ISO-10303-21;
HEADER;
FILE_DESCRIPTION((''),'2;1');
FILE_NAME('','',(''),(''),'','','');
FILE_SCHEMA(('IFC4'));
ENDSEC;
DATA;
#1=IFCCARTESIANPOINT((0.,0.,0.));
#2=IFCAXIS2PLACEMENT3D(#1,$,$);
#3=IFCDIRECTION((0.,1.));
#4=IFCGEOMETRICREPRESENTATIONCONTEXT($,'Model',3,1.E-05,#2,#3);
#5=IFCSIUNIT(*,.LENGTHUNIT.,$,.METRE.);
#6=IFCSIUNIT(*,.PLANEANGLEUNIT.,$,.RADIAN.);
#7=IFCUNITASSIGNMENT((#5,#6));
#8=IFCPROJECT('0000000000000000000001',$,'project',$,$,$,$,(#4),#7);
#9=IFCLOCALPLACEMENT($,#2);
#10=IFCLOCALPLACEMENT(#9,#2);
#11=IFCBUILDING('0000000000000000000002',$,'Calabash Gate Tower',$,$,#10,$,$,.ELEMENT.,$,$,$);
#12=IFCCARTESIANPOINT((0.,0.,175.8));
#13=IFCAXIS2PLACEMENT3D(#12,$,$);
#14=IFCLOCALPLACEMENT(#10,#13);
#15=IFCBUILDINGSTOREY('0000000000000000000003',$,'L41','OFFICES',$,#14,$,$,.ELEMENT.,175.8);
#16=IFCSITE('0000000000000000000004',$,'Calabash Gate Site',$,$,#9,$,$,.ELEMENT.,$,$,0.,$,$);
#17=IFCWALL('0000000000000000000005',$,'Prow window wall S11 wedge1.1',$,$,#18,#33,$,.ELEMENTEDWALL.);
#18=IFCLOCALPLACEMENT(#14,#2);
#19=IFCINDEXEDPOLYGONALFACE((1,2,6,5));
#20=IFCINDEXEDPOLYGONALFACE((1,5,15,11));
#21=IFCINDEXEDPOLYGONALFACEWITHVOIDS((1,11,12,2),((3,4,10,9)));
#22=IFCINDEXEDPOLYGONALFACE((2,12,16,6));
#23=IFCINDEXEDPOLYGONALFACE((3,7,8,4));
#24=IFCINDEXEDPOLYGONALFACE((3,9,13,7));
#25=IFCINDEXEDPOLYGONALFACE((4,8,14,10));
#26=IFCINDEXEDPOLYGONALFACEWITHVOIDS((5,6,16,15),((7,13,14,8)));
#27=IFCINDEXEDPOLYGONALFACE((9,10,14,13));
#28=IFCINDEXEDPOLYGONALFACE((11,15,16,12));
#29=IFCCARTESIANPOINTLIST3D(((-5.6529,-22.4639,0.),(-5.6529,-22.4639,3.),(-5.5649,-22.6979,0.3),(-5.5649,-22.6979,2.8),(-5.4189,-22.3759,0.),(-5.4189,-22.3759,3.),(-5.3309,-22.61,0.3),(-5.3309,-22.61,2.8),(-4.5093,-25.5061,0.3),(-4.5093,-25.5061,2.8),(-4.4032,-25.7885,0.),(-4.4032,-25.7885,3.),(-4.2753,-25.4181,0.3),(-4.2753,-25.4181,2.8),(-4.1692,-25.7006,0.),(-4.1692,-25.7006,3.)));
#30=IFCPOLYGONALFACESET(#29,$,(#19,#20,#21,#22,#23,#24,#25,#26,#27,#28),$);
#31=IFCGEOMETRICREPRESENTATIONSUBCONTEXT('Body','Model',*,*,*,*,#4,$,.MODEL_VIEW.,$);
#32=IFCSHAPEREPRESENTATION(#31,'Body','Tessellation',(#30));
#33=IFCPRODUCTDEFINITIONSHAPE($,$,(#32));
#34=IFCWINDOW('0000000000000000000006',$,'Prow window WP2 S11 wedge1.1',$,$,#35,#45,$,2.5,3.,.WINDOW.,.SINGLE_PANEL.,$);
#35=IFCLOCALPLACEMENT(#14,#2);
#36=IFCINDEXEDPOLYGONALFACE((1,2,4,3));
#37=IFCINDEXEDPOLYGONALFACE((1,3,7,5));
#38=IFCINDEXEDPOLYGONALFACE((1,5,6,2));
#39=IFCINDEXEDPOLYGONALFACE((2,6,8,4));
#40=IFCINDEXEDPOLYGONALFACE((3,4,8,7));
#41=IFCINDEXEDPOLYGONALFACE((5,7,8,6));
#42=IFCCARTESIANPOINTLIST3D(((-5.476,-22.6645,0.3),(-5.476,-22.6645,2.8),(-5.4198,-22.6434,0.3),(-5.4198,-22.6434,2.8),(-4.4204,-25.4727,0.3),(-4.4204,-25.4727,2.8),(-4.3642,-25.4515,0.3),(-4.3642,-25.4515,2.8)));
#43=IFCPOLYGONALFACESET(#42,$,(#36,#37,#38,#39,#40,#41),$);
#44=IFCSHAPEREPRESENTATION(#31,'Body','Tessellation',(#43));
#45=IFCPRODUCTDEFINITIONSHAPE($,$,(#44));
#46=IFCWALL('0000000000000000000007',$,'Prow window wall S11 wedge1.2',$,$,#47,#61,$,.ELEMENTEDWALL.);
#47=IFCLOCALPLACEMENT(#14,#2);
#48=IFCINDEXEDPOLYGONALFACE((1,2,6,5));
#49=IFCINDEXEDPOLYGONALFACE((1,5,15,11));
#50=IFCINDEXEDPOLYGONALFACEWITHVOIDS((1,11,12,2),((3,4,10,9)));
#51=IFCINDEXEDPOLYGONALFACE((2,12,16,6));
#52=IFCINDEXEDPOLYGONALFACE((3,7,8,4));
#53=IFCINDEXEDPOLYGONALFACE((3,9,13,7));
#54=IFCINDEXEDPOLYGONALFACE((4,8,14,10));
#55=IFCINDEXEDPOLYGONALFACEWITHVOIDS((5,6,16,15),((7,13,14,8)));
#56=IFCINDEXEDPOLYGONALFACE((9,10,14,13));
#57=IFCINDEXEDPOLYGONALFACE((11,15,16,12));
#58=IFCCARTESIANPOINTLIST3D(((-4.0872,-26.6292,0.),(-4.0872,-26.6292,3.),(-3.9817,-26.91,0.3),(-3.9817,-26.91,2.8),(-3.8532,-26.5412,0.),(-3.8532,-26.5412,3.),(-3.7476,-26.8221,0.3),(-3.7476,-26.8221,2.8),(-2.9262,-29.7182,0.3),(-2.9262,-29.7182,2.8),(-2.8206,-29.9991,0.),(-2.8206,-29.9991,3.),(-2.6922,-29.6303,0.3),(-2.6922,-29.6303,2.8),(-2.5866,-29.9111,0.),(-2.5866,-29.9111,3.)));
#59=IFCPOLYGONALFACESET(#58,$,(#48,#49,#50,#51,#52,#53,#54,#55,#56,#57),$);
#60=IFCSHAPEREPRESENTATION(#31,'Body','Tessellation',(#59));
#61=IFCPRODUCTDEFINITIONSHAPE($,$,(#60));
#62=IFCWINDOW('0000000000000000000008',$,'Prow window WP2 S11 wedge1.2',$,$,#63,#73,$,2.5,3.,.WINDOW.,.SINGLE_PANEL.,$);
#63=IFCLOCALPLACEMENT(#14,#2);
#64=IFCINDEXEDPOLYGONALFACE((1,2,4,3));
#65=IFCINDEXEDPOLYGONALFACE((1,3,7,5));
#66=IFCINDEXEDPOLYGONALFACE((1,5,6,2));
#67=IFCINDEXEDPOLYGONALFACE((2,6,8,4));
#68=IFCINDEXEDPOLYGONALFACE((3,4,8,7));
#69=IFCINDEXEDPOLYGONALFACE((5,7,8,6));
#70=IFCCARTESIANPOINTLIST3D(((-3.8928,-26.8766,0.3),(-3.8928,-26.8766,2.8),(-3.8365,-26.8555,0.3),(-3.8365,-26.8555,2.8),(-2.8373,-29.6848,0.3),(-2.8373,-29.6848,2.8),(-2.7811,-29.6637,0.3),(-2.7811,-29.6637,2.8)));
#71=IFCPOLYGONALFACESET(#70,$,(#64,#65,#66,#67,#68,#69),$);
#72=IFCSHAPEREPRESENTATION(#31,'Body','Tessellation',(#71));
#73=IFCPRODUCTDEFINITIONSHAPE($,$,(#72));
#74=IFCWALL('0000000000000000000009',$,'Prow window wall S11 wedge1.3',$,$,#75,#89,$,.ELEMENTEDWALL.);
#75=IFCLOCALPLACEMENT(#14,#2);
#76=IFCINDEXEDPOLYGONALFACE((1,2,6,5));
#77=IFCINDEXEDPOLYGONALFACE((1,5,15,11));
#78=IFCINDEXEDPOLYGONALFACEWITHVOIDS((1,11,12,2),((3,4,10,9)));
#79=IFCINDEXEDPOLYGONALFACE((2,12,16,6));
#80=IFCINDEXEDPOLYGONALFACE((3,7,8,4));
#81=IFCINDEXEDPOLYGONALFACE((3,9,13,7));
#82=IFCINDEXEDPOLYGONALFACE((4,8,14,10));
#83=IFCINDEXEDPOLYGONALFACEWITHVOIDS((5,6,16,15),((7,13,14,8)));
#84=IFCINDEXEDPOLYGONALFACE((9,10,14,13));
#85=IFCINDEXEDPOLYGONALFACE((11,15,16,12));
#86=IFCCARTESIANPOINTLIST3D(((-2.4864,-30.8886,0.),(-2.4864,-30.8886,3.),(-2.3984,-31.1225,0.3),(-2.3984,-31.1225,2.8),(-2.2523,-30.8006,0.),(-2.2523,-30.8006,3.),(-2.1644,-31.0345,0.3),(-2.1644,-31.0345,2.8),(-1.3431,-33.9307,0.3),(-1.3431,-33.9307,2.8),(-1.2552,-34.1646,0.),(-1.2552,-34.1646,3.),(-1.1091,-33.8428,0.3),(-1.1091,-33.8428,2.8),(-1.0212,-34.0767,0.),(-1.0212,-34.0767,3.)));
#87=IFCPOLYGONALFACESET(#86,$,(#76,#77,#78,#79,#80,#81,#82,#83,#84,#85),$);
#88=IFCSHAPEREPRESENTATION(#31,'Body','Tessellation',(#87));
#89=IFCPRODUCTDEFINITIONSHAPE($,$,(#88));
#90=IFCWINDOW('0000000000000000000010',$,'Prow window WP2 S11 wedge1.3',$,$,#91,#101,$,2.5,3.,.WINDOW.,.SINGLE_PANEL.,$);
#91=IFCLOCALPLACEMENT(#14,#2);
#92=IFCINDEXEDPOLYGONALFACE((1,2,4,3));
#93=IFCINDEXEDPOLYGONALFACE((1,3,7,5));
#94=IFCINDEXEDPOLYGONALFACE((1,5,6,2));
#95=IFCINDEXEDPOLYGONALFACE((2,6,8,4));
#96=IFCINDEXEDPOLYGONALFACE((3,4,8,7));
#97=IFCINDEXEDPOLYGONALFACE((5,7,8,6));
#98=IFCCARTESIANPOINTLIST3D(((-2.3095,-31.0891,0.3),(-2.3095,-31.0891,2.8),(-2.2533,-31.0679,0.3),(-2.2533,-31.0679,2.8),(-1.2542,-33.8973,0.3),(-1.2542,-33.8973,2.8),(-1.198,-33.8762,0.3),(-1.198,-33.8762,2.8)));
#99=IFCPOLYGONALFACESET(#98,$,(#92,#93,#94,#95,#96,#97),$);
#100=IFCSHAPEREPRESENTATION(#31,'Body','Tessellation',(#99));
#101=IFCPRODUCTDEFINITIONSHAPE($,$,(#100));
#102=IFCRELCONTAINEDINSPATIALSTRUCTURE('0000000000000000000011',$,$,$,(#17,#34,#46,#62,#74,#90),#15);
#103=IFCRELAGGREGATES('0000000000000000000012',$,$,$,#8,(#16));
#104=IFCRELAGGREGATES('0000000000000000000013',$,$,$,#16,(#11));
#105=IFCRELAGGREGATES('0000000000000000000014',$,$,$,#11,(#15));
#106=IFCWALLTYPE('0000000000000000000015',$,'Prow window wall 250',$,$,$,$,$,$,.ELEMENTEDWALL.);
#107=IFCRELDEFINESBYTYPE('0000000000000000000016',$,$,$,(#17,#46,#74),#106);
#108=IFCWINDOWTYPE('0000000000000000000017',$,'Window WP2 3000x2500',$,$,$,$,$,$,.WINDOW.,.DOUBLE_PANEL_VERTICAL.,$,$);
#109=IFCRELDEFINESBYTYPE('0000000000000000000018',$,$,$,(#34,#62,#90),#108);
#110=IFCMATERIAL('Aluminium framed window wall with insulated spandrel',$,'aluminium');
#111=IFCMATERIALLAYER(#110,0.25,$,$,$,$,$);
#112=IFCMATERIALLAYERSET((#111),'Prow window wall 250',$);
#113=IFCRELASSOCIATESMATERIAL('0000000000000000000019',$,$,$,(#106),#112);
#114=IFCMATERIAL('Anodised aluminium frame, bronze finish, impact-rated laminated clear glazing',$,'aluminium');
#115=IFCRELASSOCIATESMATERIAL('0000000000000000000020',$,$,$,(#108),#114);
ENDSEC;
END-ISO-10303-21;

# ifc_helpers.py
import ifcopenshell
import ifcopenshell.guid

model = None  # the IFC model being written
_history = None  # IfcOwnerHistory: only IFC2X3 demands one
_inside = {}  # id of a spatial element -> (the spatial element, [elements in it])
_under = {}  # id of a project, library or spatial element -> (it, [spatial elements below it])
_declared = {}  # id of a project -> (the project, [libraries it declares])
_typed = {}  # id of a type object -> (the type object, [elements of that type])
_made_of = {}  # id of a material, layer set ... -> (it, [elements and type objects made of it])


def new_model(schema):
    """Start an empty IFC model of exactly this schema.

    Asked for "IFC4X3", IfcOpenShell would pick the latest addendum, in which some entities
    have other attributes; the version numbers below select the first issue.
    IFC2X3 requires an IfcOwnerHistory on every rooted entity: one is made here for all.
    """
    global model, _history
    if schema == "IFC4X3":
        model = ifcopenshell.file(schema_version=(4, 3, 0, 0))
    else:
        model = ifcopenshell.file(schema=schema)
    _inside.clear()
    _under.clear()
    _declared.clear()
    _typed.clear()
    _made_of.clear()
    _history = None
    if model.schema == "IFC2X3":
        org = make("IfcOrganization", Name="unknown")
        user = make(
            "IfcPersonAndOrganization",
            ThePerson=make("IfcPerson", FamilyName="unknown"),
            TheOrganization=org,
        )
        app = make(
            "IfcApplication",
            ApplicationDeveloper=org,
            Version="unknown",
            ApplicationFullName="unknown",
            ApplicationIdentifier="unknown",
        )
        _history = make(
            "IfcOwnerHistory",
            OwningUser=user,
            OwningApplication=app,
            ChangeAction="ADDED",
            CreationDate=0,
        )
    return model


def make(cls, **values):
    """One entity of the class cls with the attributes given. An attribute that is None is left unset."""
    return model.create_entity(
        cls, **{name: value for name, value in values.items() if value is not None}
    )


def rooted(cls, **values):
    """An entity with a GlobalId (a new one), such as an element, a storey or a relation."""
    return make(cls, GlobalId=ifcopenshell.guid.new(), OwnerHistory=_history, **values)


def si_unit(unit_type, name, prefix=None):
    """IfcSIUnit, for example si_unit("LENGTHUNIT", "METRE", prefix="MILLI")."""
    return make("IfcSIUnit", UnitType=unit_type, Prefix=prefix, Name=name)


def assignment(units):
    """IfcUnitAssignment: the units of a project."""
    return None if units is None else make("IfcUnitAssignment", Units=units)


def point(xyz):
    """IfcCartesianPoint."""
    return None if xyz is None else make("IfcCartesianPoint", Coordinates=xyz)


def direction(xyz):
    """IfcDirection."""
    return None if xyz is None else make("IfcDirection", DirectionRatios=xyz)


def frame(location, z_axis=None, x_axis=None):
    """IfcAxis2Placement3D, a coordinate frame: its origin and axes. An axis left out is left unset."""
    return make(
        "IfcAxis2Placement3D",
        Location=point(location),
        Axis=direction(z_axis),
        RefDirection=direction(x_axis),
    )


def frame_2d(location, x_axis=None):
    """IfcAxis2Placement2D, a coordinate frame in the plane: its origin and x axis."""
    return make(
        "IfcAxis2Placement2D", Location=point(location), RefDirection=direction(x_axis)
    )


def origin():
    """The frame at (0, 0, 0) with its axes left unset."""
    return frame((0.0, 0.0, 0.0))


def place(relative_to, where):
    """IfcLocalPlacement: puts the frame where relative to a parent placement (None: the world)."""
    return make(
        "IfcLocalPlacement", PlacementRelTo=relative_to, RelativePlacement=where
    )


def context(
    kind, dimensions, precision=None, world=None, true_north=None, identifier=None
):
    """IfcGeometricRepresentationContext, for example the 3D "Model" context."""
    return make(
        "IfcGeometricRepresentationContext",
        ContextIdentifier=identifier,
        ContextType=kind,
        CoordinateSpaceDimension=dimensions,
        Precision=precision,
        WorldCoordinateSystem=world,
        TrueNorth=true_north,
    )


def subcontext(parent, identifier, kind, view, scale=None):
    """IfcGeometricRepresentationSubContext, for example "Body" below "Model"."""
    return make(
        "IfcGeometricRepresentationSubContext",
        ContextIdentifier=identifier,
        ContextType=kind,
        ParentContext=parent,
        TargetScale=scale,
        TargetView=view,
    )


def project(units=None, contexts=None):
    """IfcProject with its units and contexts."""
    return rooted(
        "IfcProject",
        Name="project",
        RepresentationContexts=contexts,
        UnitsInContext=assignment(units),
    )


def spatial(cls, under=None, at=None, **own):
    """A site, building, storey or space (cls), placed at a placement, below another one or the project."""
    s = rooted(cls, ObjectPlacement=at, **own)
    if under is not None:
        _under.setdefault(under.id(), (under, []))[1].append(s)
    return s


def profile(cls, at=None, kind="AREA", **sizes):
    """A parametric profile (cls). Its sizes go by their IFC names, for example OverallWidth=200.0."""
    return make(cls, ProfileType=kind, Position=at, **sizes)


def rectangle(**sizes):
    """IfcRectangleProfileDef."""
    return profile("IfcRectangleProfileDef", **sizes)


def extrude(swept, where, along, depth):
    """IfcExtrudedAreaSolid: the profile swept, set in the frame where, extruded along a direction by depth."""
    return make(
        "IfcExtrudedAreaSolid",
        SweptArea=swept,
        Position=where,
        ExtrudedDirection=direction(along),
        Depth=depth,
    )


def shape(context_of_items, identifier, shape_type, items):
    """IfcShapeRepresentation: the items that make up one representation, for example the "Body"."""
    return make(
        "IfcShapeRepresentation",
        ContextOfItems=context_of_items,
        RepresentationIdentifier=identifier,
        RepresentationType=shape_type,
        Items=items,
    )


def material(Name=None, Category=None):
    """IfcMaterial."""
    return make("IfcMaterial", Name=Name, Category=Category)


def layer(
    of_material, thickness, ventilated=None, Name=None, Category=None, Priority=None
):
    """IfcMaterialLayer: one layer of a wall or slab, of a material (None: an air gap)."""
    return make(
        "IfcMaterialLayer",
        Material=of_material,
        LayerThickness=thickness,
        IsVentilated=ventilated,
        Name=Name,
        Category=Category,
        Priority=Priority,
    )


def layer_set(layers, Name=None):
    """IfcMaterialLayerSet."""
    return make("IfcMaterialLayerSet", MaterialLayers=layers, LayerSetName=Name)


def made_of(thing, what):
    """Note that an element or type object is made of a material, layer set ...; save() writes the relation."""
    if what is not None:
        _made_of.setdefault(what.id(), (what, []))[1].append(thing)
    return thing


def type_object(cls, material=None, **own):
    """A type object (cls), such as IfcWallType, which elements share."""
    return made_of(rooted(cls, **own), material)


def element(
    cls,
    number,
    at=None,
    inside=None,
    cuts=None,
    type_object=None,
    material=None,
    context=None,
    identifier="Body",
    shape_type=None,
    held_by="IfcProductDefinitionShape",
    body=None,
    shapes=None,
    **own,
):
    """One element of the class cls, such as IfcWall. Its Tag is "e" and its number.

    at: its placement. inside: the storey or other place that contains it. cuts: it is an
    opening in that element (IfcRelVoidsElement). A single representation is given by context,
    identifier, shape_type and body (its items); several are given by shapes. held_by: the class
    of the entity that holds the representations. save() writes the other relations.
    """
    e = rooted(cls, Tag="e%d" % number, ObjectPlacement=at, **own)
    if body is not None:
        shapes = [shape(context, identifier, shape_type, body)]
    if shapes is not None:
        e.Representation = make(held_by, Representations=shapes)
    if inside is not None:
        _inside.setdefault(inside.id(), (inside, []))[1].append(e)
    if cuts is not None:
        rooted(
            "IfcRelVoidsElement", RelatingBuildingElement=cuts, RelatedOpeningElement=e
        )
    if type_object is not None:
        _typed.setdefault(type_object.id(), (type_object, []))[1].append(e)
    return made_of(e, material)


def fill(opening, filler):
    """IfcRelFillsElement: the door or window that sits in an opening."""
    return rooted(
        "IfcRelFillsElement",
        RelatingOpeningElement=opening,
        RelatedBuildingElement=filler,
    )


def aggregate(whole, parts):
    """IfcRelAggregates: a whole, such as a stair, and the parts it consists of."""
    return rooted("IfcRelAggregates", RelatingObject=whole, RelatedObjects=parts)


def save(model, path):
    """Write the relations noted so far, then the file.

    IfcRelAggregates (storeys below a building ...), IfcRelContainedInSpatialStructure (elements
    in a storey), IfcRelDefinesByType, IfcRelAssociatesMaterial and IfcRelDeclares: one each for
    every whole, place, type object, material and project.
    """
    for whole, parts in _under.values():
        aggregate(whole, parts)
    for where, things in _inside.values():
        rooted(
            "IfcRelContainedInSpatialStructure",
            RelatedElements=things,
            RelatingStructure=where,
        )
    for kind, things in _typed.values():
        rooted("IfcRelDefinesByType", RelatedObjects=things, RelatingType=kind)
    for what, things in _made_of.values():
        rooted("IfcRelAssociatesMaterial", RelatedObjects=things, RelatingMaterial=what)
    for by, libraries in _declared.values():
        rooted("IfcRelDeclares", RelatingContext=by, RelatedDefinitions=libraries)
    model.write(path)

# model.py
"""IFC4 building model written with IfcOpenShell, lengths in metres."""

from ifc_helpers import new_model, si_unit, direction, frame, frame_2d, origin, place, context, subcontext, project, spatial, rectangle, extrude, material, layer, layer_set, type_object, element, fill, save


model = new_model("IFC4")

# Units and contexts
model_context = context("Model", 3, precision=1e-05, world=origin(), true_north=direction((0.0, 1.0)))
body_context = subcontext(model_context, "Body", "Model", "MODEL_VIEW")
ifc_project = project(units=[si_unit("LENGTHUNIT", "METRE"), si_unit("PLANEANGLEUNIT", "RADIAN")], contexts=[model_context])

# Site, building, storey
site_placement = place(None, origin())
site = spatial("IfcSite", under=ifc_project, at=site_placement, Name="Calabash Gate Site", CompositionType="ELEMENT", RefElevation=0.0)
building_placement = place(site_placement, origin())
building = spatial("IfcBuilding", under=site, at=building_placement, Name="Calabash Gate Tower", CompositionType="ELEMENT")
storey_placement = place(building_placement, frame((0.0, 0.0, 175.8)))
storey = spatial("IfcBuildingStorey", under=building, at=storey_placement, Name="L41", Description="OFFICES", CompositionType="ELEMENT", Elevation=175.8)

# Walls, openings, windows
ifc_material_1 = material(Name="Aluminium framed window wall with insulated spandrel", Category="aluminium")
ifc_layer_1 = layer(ifc_material_1, 0.25)
ifc_layer_set_1 = layer_set([ifc_layer_1], Name="Prow window wall 250")
wall_type_1 = type_object("IfcWallType", Name="Prow window wall 250", PredefinedType="ELEMENTEDWALL", material=ifc_layer_set_1)
wall_1_placement = place(storey_placement, frame((-5.5359, -22.4199, 0.0), z_axis=(0.0, 0.0, 1.0), x_axis=(0.351862, -0.936052, 0.0)))
wall_1 = element("IfcWall", 1, at=wall_1_placement, inside=storey, type_object=wall_type_1, Name="Prow window wall S11 wedge1.1", PredefinedType="ELEMENTEDWALL", context=body_context, shape_type="SweptSolid", body=[
    extrude(rectangle(XDim=3.5518, YDim=0.25, at=frame_2d((1.7759, 0.0))), origin(), (0.0, 0.0, 1.0), 3.0),
])
opening_1_placement = place(wall_1_placement, frame((0.25, 0.0, 0.3)))
opening_1 = element("IfcOpeningElement", 2, at=opening_1_placement, cuts=wall_1, PredefinedType="OPENING", context=body_context, shape_type="SweptSolid", body=[
    extrude(rectangle(XDim=3.0, YDim=2.5, at=frame_2d((1.5, 1.25))), frame((0.0, 0.135, 0.0), z_axis=(0.0, -1.0, 0.0), x_axis=(1.0, 0.0, 0.0)), (0.0, 0.0, 1.0), 0.27),
])
ifc_material_2 = material(Name="Anodised aluminium frame, bronze finish, impact-rated laminated clear glazing", Category="aluminium")
window_type = type_object("IfcWindowType", Name="Window WP2 3000x2500", PartitioningType="DOUBLE_PANEL_VERTICAL", PredefinedType="WINDOW", material=ifc_material_2)
window_1_placement = place(opening_1_placement, origin())
window_1 = element("IfcWindow", 3, at=window_1_placement, inside=storey, type_object=window_type, Name="Prow window WP2 S11 wedge1.1", OverallHeight=2.5, OverallWidth=3.0, PartitioningType="SINGLE_PANEL", PredefinedType="WINDOW", context=body_context, shape_type="SweptSolid", body=[
    extrude(rectangle(XDim=3.0, YDim=2.5, at=frame_2d((1.5, 1.25))), frame((0.0, 0.03, 0.0), z_axis=(0.0, -1.0, 0.0), x_axis=(1.0, 0.0, 0.0)), (0.0, 0.0, 1.0), 0.0601),
])
fill(opening_1, window_1)
wall_2_placement = place(storey_placement, frame((-3.9702, -26.5852, 0.0), z_axis=(0.0, 0.0, 1.0), x_axis=(0.351829, -0.936064, 0.0)))
wall_2 = element("IfcWall", 4, at=wall_2_placement, inside=storey, type_object=wall_type_1, Name="Prow window wall S11 wedge1.2", PredefinedType="ELEMENTEDWALL", context=body_context, shape_type="SweptSolid", body=[
    extrude(rectangle(XDim=3.6001, YDim=0.25, at=frame_2d((1.8, 0.0))), origin(), (0.0, 0.0, 1.0), 3.0),
])
opening_2_placement = place(wall_2_placement, frame((0.3, 0.0, 0.3)))
opening_2 = element("IfcOpeningElement", 5, at=opening_2_placement, cuts=wall_2, PredefinedType="OPENING", context=body_context, shape_type="SweptSolid", body=[
    extrude(rectangle(XDim=3.0, YDim=2.5, at=frame_2d((1.5, 1.25))), frame((0.0, 0.135, 0.0), z_axis=(0.0, -1.0, 0.0), x_axis=(1.0, 0.0, 0.0)), (0.0, 0.0, 1.0), 0.27),
])
window_2_placement = place(opening_2_placement, origin())
window_2 = element("IfcWindow", 6, at=window_2_placement, inside=storey, type_object=window_type, Name="Prow window WP2 S11 wedge1.2", OverallHeight=2.5, OverallWidth=3.0, PartitioningType="SINGLE_PANEL", PredefinedType="WINDOW", context=body_context, shape_type="SweptSolid", body=[
    extrude(rectangle(XDim=3.0, YDim=2.5, at=frame_2d((1.5, 1.25))), frame((0.0, 0.03, 0.0), z_axis=(0.0, -1.0, 0.0), x_axis=(1.0, 0.0, 0.0)), (0.0, 0.0, 1.0), 0.0601),
])
fill(opening_2, window_2)
wall_3_placement = place(storey_placement, frame((-2.3694, -30.8445, 0.0), z_axis=(0.0, 0.0, 1.0), x_axis=(0.351788, -0.93608, 0.0)))
wall_3 = element("IfcWall", 7, at=wall_3_placement, inside=storey, type_object=wall_type_1, Name="Prow window wall S11 wedge1.3", PredefinedType="ELEMENTEDWALL", context=body_context, shape_type="SweptSolid", body=[
    extrude(rectangle(XDim=3.4998, YDim=0.25, at=frame_2d((1.75, 0.0))), origin(), (0.0, 0.0, 1.0), 3.0),
])
opening_3_placement = place(wall_3_placement, frame((0.25, 0.0, 0.3)))
opening_3 = element("IfcOpeningElement", 8, at=opening_3_placement, cuts=wall_3, PredefinedType="OPENING", context=body_context, shape_type="SweptSolid", body=[
    extrude(rectangle(XDim=3.0, YDim=2.5, at=frame_2d((1.5, 1.25))), frame((0.0, 0.135, 0.0), z_axis=(0.0, -1.0, 0.0), x_axis=(1.0, 0.0, 0.0)), (0.0, 0.0, 1.0), 0.27),
])
window_3_placement = place(opening_3_placement, origin())
window_3 = element("IfcWindow", 9, at=window_3_placement, inside=storey, type_object=window_type, Name="Prow window WP2 S11 wedge1.3", OverallHeight=2.5, OverallWidth=3.0, PartitioningType="SINGLE_PANEL", PredefinedType="WINDOW", context=body_context, shape_type="SweptSolid", body=[
    extrude(rectangle(XDim=3.0, YDim=2.5, at=frame_2d((1.5, 1.25))), frame((0.0, 0.03, 0.0), z_axis=(0.0, -1.0, 0.0), x_axis=(1.0, 0.0, 0.0)), (0.0, 0.0, 1.0), 0.0601),
])
fill(opening_3, window_3)

save(model, "model.ifc")
